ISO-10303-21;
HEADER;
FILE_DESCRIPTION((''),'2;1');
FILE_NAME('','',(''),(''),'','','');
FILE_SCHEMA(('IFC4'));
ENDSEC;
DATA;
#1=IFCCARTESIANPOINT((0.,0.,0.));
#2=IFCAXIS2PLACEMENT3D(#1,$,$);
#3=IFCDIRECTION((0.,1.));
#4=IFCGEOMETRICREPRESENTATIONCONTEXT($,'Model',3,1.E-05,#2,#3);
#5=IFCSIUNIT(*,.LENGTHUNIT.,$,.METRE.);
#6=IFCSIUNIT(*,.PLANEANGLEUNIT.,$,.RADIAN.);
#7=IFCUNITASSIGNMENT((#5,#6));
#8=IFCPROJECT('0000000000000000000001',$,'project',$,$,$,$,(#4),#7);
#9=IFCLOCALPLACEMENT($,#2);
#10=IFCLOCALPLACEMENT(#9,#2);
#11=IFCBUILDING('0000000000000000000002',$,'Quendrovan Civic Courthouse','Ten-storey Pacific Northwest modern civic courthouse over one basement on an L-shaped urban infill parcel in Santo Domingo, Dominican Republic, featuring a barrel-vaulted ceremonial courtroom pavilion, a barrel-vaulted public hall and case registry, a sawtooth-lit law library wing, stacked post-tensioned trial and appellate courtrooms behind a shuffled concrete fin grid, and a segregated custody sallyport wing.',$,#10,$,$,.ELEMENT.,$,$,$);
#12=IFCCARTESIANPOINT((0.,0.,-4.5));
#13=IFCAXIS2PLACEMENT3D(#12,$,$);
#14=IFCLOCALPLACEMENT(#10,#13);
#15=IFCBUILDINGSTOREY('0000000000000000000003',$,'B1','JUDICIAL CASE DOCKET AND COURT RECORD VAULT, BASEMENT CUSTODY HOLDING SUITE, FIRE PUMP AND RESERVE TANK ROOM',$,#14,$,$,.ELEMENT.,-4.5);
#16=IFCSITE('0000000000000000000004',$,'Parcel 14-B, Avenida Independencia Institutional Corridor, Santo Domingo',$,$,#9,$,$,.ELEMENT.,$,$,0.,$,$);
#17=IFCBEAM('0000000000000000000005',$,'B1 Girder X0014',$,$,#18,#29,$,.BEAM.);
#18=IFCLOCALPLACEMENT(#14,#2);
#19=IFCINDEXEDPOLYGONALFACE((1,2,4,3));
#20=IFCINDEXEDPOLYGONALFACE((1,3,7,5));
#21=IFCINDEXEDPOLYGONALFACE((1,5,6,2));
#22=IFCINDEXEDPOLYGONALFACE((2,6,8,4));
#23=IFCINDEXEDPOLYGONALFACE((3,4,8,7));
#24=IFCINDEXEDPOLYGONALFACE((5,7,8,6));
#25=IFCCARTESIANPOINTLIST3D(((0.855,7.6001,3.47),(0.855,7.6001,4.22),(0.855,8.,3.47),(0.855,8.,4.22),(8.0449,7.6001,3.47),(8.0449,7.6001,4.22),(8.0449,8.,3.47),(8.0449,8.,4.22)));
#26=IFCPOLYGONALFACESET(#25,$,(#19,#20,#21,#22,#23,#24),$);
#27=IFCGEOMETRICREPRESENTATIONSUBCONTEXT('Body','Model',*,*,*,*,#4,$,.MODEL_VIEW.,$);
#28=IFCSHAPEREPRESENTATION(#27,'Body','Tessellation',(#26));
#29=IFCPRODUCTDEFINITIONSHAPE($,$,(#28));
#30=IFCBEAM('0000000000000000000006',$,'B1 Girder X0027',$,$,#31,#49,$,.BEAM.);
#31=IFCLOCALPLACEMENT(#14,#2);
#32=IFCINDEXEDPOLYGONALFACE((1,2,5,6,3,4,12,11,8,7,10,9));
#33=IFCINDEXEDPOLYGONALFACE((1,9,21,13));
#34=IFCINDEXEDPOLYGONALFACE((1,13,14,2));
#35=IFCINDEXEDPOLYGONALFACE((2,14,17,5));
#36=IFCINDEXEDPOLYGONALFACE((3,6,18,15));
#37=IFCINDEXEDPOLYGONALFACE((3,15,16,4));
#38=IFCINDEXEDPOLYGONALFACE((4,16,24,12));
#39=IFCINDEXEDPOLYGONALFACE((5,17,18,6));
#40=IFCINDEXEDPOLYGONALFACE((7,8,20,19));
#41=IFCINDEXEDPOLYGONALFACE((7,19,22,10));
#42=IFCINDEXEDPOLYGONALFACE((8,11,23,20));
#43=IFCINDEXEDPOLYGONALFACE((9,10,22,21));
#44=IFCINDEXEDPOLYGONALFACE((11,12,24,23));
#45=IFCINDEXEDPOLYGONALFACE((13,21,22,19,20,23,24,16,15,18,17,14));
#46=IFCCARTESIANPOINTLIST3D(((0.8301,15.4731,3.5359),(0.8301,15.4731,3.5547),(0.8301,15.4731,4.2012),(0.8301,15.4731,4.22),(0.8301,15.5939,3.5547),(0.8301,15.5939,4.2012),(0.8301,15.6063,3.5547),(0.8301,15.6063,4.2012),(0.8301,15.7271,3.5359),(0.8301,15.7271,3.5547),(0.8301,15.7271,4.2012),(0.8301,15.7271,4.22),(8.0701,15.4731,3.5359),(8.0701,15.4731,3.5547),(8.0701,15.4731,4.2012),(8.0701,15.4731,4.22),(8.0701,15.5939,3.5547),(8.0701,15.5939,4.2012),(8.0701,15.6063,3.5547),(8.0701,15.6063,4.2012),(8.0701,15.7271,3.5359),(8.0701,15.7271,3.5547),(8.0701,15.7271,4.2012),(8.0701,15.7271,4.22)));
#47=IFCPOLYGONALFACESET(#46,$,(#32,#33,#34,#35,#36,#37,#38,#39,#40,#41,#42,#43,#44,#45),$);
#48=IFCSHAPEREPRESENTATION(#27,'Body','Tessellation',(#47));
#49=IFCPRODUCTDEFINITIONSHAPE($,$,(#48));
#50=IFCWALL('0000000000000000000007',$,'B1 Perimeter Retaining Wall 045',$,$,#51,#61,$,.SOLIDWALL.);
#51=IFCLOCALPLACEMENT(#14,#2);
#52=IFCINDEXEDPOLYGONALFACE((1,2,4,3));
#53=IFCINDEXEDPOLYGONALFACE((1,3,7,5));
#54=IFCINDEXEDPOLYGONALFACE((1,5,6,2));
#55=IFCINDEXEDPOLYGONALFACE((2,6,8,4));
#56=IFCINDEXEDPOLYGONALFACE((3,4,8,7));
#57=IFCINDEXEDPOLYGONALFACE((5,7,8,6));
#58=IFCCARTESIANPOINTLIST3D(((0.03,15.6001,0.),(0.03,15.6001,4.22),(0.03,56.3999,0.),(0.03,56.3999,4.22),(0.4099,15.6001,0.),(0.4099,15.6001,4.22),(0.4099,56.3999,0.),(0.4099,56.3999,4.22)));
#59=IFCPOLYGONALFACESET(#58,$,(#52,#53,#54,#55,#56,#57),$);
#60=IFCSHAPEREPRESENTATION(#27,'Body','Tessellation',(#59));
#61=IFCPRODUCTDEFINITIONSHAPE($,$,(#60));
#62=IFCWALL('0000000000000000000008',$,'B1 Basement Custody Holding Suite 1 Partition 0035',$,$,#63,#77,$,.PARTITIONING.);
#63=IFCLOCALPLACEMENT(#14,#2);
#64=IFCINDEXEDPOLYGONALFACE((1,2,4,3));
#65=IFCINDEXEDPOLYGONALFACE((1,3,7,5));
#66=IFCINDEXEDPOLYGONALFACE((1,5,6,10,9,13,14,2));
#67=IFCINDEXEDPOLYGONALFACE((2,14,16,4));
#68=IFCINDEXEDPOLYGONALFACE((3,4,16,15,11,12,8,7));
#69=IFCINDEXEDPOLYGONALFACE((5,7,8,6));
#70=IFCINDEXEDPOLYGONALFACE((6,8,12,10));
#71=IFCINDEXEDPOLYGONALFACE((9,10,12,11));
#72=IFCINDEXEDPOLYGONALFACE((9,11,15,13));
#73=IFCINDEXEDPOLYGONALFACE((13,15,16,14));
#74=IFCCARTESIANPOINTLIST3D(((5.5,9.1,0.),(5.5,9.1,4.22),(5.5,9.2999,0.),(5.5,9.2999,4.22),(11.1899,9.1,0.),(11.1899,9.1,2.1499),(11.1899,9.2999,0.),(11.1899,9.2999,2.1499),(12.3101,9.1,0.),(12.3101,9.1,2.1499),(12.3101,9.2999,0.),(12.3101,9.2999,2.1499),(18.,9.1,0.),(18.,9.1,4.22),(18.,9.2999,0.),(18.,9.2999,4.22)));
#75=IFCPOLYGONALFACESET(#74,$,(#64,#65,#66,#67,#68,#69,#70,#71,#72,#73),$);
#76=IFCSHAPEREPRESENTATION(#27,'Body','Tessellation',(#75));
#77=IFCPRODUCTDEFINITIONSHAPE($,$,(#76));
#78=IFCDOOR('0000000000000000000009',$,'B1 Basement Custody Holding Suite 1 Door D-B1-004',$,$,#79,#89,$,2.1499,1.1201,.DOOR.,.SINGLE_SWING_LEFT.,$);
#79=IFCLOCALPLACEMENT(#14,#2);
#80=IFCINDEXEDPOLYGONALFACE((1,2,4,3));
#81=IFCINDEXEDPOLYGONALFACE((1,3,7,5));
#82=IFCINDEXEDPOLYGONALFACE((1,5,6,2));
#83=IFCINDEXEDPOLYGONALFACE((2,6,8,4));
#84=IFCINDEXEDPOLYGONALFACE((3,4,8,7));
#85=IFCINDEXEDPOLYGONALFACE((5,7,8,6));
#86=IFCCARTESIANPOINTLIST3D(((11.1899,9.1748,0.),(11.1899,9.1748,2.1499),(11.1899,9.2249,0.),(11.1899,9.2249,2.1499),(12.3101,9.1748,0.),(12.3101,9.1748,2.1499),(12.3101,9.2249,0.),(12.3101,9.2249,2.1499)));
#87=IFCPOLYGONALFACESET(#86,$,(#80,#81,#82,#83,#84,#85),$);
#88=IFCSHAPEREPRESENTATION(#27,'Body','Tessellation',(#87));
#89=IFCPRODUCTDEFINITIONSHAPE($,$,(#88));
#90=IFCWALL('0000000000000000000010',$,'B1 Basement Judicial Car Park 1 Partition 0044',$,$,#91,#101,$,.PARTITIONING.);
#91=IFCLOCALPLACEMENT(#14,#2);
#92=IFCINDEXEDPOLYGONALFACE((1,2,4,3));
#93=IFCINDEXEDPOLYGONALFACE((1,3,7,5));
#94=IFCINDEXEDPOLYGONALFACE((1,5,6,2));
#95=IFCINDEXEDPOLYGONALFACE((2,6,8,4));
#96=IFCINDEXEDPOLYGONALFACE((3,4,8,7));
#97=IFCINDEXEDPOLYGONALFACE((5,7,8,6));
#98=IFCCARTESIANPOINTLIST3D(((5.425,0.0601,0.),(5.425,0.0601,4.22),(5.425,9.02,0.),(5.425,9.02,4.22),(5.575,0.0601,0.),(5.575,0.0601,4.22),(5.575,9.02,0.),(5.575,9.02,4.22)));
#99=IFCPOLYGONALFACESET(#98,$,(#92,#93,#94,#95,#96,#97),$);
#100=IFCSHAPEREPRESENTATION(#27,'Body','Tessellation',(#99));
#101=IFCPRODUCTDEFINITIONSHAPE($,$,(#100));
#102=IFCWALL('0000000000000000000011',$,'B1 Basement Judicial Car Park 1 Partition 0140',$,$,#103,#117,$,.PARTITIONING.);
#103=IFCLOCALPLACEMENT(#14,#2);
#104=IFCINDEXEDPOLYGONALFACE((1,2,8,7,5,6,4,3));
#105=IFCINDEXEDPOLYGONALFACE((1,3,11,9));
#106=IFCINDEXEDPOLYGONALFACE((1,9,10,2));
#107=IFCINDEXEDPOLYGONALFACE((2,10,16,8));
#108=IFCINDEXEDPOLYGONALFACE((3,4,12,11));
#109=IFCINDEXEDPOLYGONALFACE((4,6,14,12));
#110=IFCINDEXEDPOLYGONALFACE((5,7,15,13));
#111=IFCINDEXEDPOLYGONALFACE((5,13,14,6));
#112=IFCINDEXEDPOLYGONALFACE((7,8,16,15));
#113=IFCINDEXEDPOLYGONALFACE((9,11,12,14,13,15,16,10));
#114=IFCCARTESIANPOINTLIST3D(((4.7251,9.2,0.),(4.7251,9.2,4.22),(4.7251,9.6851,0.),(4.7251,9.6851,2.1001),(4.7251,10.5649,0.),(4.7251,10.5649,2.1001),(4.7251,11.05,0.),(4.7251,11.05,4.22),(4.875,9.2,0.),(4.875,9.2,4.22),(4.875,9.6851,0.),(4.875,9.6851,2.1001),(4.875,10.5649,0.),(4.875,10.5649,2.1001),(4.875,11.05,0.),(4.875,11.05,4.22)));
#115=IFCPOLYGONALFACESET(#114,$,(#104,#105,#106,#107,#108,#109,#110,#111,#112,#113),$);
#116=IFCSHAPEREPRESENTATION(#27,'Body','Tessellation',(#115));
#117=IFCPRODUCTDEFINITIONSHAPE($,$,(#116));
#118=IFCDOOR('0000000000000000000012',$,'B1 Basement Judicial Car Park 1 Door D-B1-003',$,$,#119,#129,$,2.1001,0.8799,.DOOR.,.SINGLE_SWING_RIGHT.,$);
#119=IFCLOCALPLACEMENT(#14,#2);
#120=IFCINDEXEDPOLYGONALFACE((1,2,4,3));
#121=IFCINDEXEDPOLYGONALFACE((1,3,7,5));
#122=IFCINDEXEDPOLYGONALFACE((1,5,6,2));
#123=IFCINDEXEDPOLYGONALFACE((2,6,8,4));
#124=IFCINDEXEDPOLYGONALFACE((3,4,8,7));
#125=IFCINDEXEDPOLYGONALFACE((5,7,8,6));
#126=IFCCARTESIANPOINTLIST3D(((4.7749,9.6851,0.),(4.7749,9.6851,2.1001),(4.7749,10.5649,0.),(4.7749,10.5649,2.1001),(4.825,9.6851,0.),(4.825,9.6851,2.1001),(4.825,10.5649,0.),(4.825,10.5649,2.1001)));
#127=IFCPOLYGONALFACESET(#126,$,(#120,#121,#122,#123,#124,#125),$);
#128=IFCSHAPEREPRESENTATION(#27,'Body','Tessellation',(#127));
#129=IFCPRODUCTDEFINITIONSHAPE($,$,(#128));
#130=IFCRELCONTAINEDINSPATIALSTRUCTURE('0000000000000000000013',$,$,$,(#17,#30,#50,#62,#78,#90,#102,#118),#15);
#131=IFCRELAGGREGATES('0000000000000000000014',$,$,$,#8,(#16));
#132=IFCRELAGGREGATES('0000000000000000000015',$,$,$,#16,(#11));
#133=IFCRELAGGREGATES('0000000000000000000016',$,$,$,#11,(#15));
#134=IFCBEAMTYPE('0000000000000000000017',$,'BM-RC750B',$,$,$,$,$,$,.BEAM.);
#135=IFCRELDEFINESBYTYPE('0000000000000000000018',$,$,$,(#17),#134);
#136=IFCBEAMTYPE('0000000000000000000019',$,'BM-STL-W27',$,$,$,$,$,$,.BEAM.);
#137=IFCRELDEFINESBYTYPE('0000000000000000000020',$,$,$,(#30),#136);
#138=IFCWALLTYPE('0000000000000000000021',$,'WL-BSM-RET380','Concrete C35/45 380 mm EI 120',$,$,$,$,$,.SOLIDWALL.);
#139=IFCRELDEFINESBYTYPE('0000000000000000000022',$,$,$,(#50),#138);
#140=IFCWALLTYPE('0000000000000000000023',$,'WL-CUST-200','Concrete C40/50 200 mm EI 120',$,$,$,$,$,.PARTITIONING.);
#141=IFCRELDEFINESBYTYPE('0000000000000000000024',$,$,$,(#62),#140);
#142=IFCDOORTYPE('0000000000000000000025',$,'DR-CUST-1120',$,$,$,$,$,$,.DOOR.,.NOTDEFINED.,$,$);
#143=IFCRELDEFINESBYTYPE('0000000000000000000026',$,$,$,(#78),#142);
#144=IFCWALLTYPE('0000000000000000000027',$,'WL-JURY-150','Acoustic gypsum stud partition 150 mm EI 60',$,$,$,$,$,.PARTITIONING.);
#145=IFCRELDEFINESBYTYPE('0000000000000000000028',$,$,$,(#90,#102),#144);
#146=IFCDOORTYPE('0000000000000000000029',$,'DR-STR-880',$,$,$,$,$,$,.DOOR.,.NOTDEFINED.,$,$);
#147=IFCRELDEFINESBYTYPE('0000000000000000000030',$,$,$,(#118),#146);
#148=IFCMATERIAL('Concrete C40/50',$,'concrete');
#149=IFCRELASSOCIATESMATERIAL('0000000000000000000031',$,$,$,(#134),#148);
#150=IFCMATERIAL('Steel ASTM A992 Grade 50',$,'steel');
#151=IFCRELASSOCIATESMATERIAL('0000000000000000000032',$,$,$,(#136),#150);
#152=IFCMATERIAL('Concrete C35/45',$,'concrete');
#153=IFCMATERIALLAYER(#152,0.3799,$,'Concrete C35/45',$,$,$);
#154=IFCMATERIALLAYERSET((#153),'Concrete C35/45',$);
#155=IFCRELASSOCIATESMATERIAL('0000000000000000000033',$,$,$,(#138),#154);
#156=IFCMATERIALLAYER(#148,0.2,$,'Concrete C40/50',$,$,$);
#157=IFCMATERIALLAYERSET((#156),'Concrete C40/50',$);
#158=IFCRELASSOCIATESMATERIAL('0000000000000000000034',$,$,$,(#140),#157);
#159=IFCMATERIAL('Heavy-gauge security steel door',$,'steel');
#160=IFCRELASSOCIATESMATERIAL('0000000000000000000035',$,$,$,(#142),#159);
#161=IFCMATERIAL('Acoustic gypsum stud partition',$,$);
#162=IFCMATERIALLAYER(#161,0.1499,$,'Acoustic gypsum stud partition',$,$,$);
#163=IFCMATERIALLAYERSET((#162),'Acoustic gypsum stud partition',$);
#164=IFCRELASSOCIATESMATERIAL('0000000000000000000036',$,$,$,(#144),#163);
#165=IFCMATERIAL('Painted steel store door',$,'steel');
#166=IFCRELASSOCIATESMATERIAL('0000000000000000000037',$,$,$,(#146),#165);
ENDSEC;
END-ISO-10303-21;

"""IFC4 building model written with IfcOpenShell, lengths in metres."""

from ifc_helpers import new_model, si_unit, direction, frame, frame_2d, origin, origin_2d, place, context, subcontext, project, spatial, rectangle, i_section, extrude, material, layer, layer_set, material_profile, profile_set, type_object, element, fill, save


model = new_model("IFC4")

# Units and contexts
model_context = context("Model", 3, precision=1e-05, world=origin(), true_north=direction((0.0, 1.0)))
body_context = subcontext(model_context, "Body", "Model", "MODEL_VIEW")
ifc_project = project(units=[si_unit("LENGTHUNIT", "METRE"), si_unit("PLANEANGLEUNIT", "RADIAN")], contexts=[model_context])

# Site, building, storey
site_placement = place(None, origin())
site = spatial("IfcSite", under=ifc_project, at=site_placement, Name="Parcel 14-B, Avenida Independencia Institutional Corridor, Santo Domingo", CompositionType="ELEMENT", RefElevation=0.0)
building_placement = place(site_placement, origin())
building = spatial("IfcBuilding", under=site, at=building_placement, Name="Quendrovan Civic Courthouse", Description="Ten-storey Pacific Northwest modern civic courthouse over one basement on an L-shaped urban infill parcel in Santo Domingo, Dominican Republic, featuring a barrel-vaulted ceremonial courtroom pavilion, a barrel-vaulted public hall and case registry, a sawtooth-lit law library wing, stacked post-tensioned trial and appellate courtrooms behind a shuffled concrete fin grid, and a segregated custody sallyport wing.", CompositionType="ELEMENT")
storey_placement = place(building_placement, frame((0.0, 0.0, -4.5)))
storey = spatial("IfcBuildingStorey", under=building, at=storey_placement, Name="B1", Description="JUDICIAL CASE DOCKET AND COURT RECORD VAULT, BASEMENT CUSTODY HOLDING SUITE, FIRE PUMP AND RESERVE TANK ROOM", CompositionType="ELEMENT", Elevation=-4.5)

# Shared definitions
ifc_material_1 = material(Name="Concrete C35/45", Category="concrete")

# Shared definitions
ifc_material_2 = material(Name="Concrete C40/50", Category="concrete")

# Beams
ifc_material_profile_1 = material_profile(ifc_material_2, rectangle(XDim=0.3999, YDim=0.75, at=origin_2d()), Name="RC-BM-400x750")
ifc_profile_set_1 = profile_set([ifc_material_profile_1], Name="Concrete C40/50")
beam_type_1 = type_object("IfcBeamType", Name="BM-RC750B", PredefinedType="BEAM", material=ifc_profile_set_1)
beam_1_placement = place(storey_placement, frame((0.855, 7.8, 3.845), z_axis=(1.0, 0.0, 0.0), x_axis=(0.0, 1.0, 0.0)))
element("IfcBeam", 1, at=beam_1_placement, inside=storey, type_object=beam_type_1, Name="B1 Girder X0014", PredefinedType="BEAM", context=body_context, shape_type="SweptSolid", body=[
    extrude(rectangle(XDim=0.3999, YDim=0.75, at=origin_2d()), origin(), (0.0, 0.0, 1.0), 7.1899),
])
ifc_material_3 = material(Name="Steel ASTM A992 Grade 50", Category="steel")
ifc_material_profile_2 = material_profile(ifc_material_3, i_section(OverallWidth=0.2539, OverallDepth=0.6841, WebThickness=0.0125, FlangeThickness=0.0188, at=origin_2d()), Name="W27X94")
ifc_profile_set_2 = profile_set([ifc_material_profile_2], Name="Steel ASTM A992 Grade 50")
beam_type_2 = type_object("IfcBeamType", Name="BM-STL-W27", PredefinedType="BEAM", material=ifc_profile_set_2)
beam_2_placement = place(storey_placement, frame((0.8301, 15.6001, 3.8779), z_axis=(1.0, 0.0, 0.0), x_axis=(0.0, 1.0, 0.0)))
element("IfcBeam", 2, at=beam_2_placement, inside=storey, type_object=beam_type_2, Name="B1 Girder X0027", PredefinedType="BEAM", context=body_context, shape_type="SweptSolid", body=[
    extrude(i_section(OverallWidth=0.2539, OverallDepth=0.6841, WebThickness=0.0125, FlangeThickness=0.0188, at=origin_2d()), origin(), (0.0, 0.0, 1.0), 7.24),
])

# Wall
ifc_layer_1 = layer(ifc_material_1, 0.3799, Name="Concrete C35/45")
ifc_layer_set_1 = layer_set([ifc_layer_1], Name="Concrete C35/45")
wall_type_1 = type_object("IfcWallType", Name="WL-BSM-RET380", Description="Concrete C35/45 380 mm EI 120", PredefinedType="SOLIDWALL", material=ifc_layer_set_1)
wall_1_placement = place(storey_placement, frame((0.22, 15.6001, 0.0), z_axis=(0.0, 0.0, 1.0), x_axis=(0.0, 1.0, 0.0)))
element("IfcWall", 3, at=wall_1_placement, inside=storey, type_object=wall_type_1, Name="B1 Perimeter Retaining Wall 045", PredefinedType="SOLIDWALL", context=body_context, shape_type="SweptSolid", body=[
    extrude(rectangle(XDim=40.7998, YDim=0.3799, at=frame_2d((20.3999, 0.0))), origin(), (0.0, 0.0, 1.0), 4.22),
])

# Wall, opening, door
ifc_layer_2 = layer(ifc_material_2, 0.2, Name="Concrete C40/50")
ifc_layer_set_2 = layer_set([ifc_layer_2], Name="Concrete C40/50")
wall_type_2 = type_object("IfcWallType", Name="WL-CUST-200", Description="Concrete C40/50 200 mm EI 120", PredefinedType="PARTITIONING", material=ifc_layer_set_2)
wall_2_placement = place(storey_placement, frame((5.5, 9.2, 0.0), z_axis=(0.0, 0.0, 1.0), x_axis=(1.0, 0.0, 0.0)))
wall_2 = element("IfcWall", 4, at=wall_2_placement, inside=storey, type_object=wall_type_2, Name="B1 Basement Custody Holding Suite 1 Partition 0035", PredefinedType="PARTITIONING", context=body_context, shape_type="SweptSolid", body=[
    extrude(rectangle(XDim=12.5, YDim=0.2, at=frame_2d((6.25, 0.0))), origin(), (0.0, 0.0, 1.0), 4.22),
])
opening_1_placement = place(wall_2_placement, frame((5.6899, 0.0, 0.0)))
opening_1 = element("IfcOpeningElement", 5, at=opening_1_placement, cuts=wall_2, PredefinedType="OPENING", context=body_context, shape_type="SweptSolid", body=[
    extrude(rectangle(XDim=1.1201, YDim=2.1499, at=frame_2d((0.5601, 1.075))), frame((0.0, 0.1099, 0.0), z_axis=(0.0, -1.0, 0.0), x_axis=(1.0, 0.0, 0.0)), (0.0, 0.0, 1.0), 0.22),
])
ifc_material_4 = material(Name="Heavy-gauge security steel door", Category="steel")
door_type_1 = type_object("IfcDoorType", Name="DR-CUST-1120", OperationType="NOTDEFINED", PredefinedType="DOOR", material=ifc_material_4)
door_1_placement = place(opening_1_placement, origin())
door_1 = element("IfcDoor", 6, at=door_1_placement, inside=storey, type_object=door_type_1, Name="B1 Basement Custody Holding Suite 1 Door D-B1-004", OperationType="SINGLE_SWING_LEFT", OverallHeight=2.1499, OverallWidth=1.1201, PredefinedType="DOOR", context=body_context, shape_type="SweptSolid", body=[
    extrude(rectangle(XDim=1.1201, YDim=2.1499, at=frame_2d((0.5601, 1.075))), frame((0.0, 0.0249, 0.0), z_axis=(0.0, -1.0, 0.0), x_axis=(1.0, 0.0, 0.0)), (0.0, 0.0, 1.0), 0.05),
])
fill(opening_1, door_1)

# Wall
ifc_material_5 = material(Name="Acoustic gypsum stud partition")
ifc_layer_3 = layer(ifc_material_5, 0.1499, Name="Acoustic gypsum stud partition")
ifc_layer_set_3 = layer_set([ifc_layer_3], Name="Acoustic gypsum stud partition")
wall_type_3 = type_object("IfcWallType", Name="WL-JURY-150", Description="Acoustic gypsum stud partition 150 mm EI 60", PredefinedType="PARTITIONING", material=ifc_layer_set_3)
wall_3_placement = place(storey_placement, frame((5.5, 9.02, 0.0), z_axis=(0.0, 0.0, 1.0), x_axis=(0.0, -1.0, 0.0)))
element("IfcWall", 7, at=wall_3_placement, inside=storey, type_object=wall_type_3, Name="B1 Basement Judicial Car Park 1 Partition 0044", PredefinedType="PARTITIONING", context=body_context, shape_type="SweptSolid", body=[
    extrude(rectangle(XDim=8.96, YDim=0.1499, at=frame_2d((4.48, 0.0))), origin(), (0.0, 0.0, 1.0), 4.22),
])

# Wall, opening, door
wall_4_placement = place(storey_placement, frame((4.8, 11.05, 0.0), z_axis=(0.0, 0.0, 1.0), x_axis=(0.0, -1.0, 0.0)))
wall_4 = element("IfcWall", 8, at=wall_4_placement, inside=storey, type_object=wall_type_3, Name="B1 Basement Judicial Car Park 1 Partition 0140", PredefinedType="PARTITIONING", context=body_context, shape_type="SweptSolid", body=[
    extrude(rectangle(XDim=1.8501, YDim=0.1499, at=frame_2d((0.925, 0.0))), origin(), (0.0, 0.0, 1.0), 4.22),
])
opening_2_placement = place(wall_4_placement, frame((0.4851, 0.0, 0.0)))
opening_2 = element("IfcOpeningElement", 9, at=opening_2_placement, cuts=wall_4, PredefinedType="OPENING", context=body_context, shape_type="SweptSolid", body=[
    extrude(rectangle(XDim=0.8799, YDim=2.1001, at=frame_2d((0.4399, 1.05))), frame((0.0, 0.085, 0.0), z_axis=(0.0, -1.0, 0.0), x_axis=(1.0, 0.0, 0.0)), (0.0, 0.0, 1.0), 0.1699),
])
ifc_material_6 = material(Name="Painted steel store door", Category="steel")
door_type_2 = type_object("IfcDoorType", Name="DR-STR-880", OperationType="NOTDEFINED", PredefinedType="DOOR", material=ifc_material_6)
door_2_placement = place(opening_2_placement, origin())
door_2 = element("IfcDoor", 10, at=door_2_placement, inside=storey, type_object=door_type_2, Name="B1 Basement Judicial Car Park 1 Door D-B1-003", OperationType="SINGLE_SWING_RIGHT", OverallHeight=2.1001, OverallWidth=0.8799, PredefinedType="DOOR", context=body_context, shape_type="SweptSolid", body=[
    extrude(rectangle(XDim=0.8799, YDim=2.1001, at=frame_2d((0.4399, 1.05))), frame((0.0, 0.0249, 0.0), z_axis=(0.0, -1.0, 0.0), x_axis=(1.0, 0.0, 0.0)), (0.0, 0.0, 1.0), 0.05),
])
fill(opening_2, door_2)

save(model, "model.ifc")
